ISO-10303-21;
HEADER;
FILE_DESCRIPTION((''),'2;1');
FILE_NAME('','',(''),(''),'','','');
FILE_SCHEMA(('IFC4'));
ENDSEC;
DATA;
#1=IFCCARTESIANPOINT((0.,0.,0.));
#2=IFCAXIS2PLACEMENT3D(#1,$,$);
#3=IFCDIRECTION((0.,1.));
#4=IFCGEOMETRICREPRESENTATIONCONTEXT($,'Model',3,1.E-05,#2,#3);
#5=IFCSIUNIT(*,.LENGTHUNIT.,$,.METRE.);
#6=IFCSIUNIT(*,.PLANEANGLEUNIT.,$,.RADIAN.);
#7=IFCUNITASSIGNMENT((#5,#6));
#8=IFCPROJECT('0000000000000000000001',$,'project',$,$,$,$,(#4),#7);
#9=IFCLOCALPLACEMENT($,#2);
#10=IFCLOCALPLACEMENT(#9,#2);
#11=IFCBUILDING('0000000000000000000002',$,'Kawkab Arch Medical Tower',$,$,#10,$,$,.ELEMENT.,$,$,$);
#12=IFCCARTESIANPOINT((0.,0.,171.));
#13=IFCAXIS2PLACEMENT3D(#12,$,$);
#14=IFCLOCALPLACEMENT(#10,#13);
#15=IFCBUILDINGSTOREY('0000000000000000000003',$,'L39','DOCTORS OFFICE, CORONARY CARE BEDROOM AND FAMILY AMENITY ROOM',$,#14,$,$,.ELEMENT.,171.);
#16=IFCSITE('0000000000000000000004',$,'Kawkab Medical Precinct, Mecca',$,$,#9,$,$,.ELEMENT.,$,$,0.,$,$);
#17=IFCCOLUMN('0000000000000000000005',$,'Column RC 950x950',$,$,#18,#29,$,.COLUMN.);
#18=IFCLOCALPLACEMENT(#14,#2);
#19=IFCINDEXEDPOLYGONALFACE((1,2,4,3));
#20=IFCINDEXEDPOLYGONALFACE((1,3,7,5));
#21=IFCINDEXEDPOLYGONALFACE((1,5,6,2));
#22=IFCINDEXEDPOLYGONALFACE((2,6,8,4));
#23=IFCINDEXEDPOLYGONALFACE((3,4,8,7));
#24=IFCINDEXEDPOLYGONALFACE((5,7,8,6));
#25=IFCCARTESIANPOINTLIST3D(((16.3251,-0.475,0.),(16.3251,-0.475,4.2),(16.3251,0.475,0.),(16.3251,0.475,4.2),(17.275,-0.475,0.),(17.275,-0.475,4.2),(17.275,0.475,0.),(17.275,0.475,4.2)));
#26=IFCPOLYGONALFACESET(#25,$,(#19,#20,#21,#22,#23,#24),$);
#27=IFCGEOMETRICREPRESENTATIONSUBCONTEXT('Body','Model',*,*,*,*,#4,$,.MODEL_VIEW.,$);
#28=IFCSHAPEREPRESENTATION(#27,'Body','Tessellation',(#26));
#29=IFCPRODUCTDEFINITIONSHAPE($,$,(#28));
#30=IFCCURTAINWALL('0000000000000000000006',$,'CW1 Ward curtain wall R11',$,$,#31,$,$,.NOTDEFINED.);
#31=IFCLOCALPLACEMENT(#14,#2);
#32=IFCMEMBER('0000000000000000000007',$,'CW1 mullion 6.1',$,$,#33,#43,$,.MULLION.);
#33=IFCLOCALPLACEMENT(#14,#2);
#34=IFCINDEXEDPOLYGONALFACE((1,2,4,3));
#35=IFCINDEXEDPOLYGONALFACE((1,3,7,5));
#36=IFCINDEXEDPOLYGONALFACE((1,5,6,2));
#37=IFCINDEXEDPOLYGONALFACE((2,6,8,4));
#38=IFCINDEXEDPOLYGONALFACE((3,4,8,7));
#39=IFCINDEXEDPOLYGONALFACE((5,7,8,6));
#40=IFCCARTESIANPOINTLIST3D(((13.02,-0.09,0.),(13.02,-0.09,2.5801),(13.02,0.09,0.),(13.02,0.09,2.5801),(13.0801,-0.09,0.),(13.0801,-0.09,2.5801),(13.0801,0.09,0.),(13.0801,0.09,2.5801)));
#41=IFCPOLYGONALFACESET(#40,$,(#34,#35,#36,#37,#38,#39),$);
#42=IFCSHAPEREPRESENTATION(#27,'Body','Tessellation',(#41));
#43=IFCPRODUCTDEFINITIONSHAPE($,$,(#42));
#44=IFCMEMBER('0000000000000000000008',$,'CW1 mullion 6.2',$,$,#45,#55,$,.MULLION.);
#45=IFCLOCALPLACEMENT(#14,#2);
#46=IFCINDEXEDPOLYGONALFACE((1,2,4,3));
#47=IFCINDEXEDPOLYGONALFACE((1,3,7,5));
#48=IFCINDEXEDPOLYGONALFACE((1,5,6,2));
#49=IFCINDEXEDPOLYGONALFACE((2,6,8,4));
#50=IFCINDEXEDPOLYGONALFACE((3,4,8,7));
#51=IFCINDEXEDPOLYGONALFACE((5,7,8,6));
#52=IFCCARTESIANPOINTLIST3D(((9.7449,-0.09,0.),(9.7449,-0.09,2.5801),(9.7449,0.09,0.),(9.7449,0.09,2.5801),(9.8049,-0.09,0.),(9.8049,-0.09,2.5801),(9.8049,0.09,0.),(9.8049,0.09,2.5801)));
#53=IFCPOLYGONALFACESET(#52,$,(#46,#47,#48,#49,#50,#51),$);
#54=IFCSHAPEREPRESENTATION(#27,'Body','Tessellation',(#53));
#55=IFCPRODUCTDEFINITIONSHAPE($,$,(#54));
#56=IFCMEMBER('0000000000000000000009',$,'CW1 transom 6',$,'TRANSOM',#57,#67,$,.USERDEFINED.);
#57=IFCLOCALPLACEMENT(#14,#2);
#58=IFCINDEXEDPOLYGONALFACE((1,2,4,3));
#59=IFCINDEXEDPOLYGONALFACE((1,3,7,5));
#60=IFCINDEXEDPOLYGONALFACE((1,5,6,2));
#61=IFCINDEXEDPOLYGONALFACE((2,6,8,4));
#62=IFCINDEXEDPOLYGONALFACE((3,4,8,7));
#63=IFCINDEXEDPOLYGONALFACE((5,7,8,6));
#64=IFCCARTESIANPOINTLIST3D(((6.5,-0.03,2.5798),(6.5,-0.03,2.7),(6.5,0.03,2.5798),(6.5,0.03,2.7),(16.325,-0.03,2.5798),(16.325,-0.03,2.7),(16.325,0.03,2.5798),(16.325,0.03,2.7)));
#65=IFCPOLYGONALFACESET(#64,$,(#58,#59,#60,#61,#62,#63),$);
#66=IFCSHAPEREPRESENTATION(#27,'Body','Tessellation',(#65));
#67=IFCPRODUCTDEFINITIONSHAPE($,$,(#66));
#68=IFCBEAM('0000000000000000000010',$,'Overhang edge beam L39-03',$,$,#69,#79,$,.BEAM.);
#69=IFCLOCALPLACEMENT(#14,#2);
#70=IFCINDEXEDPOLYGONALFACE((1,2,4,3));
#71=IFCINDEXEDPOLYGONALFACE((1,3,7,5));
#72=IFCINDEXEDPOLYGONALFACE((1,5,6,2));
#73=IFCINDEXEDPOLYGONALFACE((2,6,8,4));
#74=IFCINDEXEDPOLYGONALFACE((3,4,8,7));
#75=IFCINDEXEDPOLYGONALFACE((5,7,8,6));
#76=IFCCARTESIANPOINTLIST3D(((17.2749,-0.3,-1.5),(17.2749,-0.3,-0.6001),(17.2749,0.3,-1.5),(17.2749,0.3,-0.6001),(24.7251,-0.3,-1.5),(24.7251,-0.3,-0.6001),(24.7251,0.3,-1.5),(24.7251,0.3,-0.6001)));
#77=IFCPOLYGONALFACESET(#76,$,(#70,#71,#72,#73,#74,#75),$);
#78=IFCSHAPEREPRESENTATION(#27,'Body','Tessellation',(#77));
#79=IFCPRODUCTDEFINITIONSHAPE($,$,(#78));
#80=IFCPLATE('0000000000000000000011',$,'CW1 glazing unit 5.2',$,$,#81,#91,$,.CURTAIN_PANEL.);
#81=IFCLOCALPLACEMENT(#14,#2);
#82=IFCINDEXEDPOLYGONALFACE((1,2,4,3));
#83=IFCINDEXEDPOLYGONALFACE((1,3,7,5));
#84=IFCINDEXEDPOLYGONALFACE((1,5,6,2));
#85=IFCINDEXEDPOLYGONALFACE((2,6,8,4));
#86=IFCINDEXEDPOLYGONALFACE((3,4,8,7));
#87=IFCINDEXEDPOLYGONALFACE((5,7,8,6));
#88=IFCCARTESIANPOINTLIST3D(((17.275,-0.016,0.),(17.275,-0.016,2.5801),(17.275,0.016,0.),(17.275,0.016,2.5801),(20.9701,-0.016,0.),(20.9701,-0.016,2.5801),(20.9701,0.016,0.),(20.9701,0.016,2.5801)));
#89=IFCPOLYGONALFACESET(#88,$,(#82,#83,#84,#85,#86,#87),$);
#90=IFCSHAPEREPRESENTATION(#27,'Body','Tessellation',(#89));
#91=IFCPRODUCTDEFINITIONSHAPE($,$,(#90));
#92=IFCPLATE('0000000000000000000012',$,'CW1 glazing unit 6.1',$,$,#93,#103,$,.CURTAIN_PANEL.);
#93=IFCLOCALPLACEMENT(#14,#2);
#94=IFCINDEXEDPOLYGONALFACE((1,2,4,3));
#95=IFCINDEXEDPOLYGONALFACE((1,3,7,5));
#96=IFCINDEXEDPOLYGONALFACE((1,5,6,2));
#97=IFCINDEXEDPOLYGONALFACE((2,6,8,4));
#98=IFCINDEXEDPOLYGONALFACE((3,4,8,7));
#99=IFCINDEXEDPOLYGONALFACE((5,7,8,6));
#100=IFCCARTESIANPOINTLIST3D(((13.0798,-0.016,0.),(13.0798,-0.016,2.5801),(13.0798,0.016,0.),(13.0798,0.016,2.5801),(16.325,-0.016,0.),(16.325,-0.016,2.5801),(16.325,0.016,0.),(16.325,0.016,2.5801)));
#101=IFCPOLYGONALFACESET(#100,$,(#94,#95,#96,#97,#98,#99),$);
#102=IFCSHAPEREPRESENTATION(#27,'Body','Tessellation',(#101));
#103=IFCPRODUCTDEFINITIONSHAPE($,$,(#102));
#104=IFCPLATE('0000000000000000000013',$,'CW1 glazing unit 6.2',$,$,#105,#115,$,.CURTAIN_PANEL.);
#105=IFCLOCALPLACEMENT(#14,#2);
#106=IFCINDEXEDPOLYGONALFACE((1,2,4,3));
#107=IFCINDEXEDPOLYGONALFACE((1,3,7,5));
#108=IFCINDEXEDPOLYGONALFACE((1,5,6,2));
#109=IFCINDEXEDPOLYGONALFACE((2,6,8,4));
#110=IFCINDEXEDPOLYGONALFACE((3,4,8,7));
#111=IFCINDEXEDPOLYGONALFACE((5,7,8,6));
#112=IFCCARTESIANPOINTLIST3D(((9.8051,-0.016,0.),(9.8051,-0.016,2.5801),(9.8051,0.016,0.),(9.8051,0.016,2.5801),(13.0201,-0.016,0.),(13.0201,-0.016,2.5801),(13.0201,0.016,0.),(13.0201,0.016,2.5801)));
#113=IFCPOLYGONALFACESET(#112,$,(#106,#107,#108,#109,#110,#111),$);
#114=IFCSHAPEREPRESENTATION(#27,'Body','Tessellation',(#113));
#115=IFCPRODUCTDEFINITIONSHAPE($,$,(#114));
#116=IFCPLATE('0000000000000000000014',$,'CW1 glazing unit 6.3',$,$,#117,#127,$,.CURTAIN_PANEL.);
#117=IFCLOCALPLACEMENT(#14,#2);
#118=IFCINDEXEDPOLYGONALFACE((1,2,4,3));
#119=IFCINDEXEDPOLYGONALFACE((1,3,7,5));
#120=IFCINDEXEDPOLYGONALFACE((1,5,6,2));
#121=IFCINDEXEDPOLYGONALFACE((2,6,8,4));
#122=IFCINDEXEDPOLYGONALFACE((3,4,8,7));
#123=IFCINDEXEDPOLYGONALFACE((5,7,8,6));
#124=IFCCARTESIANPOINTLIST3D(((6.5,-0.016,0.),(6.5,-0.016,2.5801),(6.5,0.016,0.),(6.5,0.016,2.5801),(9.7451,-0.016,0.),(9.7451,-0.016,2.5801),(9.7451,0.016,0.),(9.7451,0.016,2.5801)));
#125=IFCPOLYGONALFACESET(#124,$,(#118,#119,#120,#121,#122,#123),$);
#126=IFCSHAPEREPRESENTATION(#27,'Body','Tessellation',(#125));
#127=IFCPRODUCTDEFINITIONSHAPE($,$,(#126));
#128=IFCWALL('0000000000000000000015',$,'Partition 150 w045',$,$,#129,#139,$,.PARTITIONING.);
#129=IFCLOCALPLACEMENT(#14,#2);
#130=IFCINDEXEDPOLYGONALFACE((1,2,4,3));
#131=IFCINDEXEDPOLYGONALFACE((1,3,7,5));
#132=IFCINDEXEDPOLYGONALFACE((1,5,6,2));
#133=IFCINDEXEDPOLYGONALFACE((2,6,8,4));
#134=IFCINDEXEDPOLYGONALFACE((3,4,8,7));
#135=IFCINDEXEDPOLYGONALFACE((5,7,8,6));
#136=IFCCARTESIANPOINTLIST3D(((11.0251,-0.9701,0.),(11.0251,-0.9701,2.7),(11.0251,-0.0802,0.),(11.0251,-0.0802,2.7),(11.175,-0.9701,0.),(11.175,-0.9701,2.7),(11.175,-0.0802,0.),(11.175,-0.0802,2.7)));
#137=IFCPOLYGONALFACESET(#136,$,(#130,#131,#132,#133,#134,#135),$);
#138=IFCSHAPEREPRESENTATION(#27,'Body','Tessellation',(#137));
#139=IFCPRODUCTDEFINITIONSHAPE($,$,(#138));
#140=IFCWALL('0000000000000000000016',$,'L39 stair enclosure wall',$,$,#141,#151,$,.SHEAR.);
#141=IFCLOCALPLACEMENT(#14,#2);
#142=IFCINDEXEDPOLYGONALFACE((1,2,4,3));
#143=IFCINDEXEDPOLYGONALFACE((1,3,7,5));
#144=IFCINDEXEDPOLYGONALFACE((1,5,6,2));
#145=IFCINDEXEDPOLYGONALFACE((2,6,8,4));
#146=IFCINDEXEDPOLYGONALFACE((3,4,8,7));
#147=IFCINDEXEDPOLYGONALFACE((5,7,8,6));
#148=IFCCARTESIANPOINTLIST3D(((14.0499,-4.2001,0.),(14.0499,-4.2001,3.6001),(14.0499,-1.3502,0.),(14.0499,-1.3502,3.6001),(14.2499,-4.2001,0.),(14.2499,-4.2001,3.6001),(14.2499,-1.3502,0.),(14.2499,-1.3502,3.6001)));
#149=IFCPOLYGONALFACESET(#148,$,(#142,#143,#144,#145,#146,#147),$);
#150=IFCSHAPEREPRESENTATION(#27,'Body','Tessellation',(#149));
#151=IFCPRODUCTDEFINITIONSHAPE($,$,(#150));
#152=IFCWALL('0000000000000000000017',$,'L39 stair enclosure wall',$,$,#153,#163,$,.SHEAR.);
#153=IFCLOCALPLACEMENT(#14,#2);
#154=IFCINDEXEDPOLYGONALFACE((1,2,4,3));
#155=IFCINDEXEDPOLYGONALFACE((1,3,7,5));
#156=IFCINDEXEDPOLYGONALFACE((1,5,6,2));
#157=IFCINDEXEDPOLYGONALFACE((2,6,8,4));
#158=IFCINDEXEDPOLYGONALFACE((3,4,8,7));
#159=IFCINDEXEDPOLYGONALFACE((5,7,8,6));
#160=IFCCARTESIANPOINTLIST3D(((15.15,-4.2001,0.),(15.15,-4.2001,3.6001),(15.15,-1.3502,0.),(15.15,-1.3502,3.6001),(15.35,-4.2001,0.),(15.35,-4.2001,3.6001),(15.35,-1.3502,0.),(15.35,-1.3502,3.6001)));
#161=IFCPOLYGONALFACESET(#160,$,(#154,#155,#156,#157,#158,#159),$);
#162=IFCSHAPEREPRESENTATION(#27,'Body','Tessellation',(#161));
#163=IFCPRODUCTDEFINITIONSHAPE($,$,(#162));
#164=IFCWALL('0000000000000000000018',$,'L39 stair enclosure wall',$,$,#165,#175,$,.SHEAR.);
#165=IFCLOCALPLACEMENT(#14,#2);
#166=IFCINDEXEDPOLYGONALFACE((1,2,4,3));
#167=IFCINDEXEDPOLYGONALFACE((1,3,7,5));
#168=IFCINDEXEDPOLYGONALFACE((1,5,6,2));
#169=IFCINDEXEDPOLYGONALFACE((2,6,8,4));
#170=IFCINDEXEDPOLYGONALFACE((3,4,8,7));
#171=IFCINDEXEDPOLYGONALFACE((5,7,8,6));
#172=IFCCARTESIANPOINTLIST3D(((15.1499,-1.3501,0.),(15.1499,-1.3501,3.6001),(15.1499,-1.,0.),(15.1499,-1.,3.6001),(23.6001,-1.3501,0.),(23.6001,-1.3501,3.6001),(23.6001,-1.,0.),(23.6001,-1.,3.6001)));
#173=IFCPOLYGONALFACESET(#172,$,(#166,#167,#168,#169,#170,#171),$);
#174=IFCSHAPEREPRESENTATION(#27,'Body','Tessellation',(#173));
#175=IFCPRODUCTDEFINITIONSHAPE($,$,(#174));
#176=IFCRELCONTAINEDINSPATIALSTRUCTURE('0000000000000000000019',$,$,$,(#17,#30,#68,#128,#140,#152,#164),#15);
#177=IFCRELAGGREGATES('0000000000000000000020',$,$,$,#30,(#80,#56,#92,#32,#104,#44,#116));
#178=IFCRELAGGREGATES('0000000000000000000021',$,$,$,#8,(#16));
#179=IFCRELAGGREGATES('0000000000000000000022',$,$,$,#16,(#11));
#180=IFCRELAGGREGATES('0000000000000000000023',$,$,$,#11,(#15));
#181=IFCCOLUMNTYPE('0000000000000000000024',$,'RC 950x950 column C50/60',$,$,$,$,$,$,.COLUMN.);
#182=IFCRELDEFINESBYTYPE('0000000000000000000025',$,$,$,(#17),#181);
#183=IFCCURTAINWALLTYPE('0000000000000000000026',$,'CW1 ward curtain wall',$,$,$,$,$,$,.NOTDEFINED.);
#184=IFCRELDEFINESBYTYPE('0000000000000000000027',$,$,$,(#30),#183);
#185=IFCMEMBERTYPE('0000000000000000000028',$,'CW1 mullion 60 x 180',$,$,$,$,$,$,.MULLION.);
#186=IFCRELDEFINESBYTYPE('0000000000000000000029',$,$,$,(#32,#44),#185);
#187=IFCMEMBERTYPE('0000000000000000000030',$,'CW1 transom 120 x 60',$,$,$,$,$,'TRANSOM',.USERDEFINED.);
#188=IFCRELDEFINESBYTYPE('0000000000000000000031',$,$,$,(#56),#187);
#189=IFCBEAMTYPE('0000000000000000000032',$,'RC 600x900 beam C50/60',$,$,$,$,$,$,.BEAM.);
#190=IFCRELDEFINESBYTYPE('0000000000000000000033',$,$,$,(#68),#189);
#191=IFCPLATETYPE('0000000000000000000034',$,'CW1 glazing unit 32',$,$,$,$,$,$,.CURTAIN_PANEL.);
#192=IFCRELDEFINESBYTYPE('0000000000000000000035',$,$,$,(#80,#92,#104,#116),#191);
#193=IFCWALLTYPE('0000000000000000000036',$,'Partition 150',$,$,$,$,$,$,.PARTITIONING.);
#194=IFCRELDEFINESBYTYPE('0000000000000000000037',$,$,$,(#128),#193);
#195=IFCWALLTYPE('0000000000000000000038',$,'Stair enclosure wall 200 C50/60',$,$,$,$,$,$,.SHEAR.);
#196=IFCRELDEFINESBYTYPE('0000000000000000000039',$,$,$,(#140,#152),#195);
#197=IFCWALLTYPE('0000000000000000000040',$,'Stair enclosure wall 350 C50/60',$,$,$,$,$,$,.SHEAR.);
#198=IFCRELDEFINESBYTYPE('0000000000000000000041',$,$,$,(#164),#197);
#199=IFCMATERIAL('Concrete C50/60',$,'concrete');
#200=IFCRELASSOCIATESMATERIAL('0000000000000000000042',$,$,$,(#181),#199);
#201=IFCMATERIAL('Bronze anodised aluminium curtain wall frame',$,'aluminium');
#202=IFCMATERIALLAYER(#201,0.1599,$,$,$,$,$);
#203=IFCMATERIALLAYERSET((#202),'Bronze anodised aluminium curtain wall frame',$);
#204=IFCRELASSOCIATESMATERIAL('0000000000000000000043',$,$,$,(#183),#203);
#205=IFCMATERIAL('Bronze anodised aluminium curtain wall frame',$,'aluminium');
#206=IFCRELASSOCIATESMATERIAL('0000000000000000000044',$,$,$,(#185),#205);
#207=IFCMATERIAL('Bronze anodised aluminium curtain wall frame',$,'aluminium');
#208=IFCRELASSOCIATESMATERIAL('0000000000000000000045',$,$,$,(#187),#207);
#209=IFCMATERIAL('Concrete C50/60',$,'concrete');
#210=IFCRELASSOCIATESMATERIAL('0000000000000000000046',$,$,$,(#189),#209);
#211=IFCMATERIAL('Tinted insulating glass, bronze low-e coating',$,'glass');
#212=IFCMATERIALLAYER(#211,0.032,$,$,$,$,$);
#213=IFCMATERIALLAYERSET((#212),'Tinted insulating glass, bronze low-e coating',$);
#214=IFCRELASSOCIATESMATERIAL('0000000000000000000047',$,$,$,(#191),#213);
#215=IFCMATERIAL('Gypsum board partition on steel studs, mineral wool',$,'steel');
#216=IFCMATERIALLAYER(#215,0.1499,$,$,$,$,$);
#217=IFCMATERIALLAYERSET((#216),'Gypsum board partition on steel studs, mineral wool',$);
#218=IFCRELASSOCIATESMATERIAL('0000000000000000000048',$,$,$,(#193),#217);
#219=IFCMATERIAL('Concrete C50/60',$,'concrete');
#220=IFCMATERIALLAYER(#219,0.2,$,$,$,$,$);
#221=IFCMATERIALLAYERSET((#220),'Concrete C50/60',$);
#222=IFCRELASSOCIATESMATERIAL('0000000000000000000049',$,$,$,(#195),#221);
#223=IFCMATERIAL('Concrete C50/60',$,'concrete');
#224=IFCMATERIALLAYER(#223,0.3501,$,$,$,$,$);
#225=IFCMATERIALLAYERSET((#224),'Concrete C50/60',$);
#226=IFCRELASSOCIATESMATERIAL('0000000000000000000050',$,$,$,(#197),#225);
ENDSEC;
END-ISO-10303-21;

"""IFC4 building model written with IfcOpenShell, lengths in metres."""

from ifc_helpers import new_model, si_unit, direction, frame, frame_2d, origin, origin_2d, place, context, subcontext, project, spatial, rectangle, extrude, material, layer, layer_set, material_profile, profile_set, type_object, element, aggregate, save


model = new_model("IFC4")

# Units and contexts
model_context = context("Model", 3, precision=1e-05, world=origin(), true_north=direction((0.0, 1.0)))
body_context = subcontext(model_context, "Body", "Model", "MODEL_VIEW")
ifc_project = project(units=[si_unit("LENGTHUNIT", "METRE"), si_unit("PLANEANGLEUNIT", "RADIAN")], contexts=[model_context])

# Site, building, storey
site_placement = place(None, origin())
site = spatial("IfcSite", under=ifc_project, at=site_placement, Name="Kawkab Medical Precinct, Mecca", CompositionType="ELEMENT", RefElevation=0.0)
building_placement = place(site_placement, origin())
building = spatial("IfcBuilding", under=site, at=building_placement, Name="Kawkab Arch Medical Tower", CompositionType="ELEMENT")
storey_placement = place(building_placement, frame((0.0, 0.0, 171.0)))
storey = spatial("IfcBuildingStorey", under=building, at=storey_placement, Name="L39", Description="DOCTORS OFFICE, CORONARY CARE BEDROOM AND FAMILY AMENITY ROOM", CompositionType="ELEMENT", Elevation=171.0)

# Column
ifc_material_1 = material(Name="Concrete C50/60", Category="concrete")
ifc_material_profile_1 = material_profile(ifc_material_1, rectangle(XDim=0.95, YDim=0.95, at=origin_2d()), Name="RC 950x950")
ifc_profile_set_1 = profile_set([ifc_material_profile_1], Name="Concrete C50/60")
column_type = type_object("IfcColumnType", Name="RC 950x950 column C50/60", PredefinedType="COLUMN", material=ifc_profile_set_1)
column_placement = place(storey_placement, frame((16.8, 0.0, 0.0), z_axis=(0.0, 0.0, 1.0), x_axis=(1.0, 0.0, 0.0)))
element("IfcColumn", 1, at=column_placement, inside=storey, type_object=column_type, Name="Column RC 950x950", PredefinedType="COLUMN", context=body_context, shape_type="SweptSolid", body=[
    extrude(rectangle(XDim=0.95, YDim=0.95, at=origin_2d()), origin(), (0.0, 0.0, 1.0), 4.2),
])

# Curtain wall, members
ifc_material_2 = material(Name="Bronze anodised aluminium curtain wall frame", Category="aluminium")
ifc_layer_1 = layer(ifc_material_2, 0.1599)
ifc_layer_set_1 = layer_set([ifc_layer_1], Name="Bronze anodised aluminium curtain wall frame")
curtain_wall_type = type_object("IfcCurtainWallType", Name="CW1 ward curtain wall", PredefinedType="NOTDEFINED", material=ifc_layer_set_1)
placement = place(storey_placement, origin())
curtain_wall = element("IfcCurtainWall", 2, at=placement, inside=storey, type_object=curtain_wall_type, Name="CW1 Ward curtain wall R11", PredefinedType="NOTDEFINED")
ifc_material_3 = material(Name="Bronze anodised aluminium curtain wall frame", Category="aluminium")
ifc_material_profile_2 = material_profile(ifc_material_3, rectangle(XDim=0.1799, YDim=0.0601, at=origin_2d()), Name="AL 60x180")
ifc_profile_set_2 = profile_set([ifc_material_profile_2], Name="Bronze anodised aluminium curtain wall frame")
member_type_1 = type_object("IfcMemberType", Name="CW1 mullion 60 x 180", PredefinedType="MULLION", material=ifc_profile_set_2)
member_1_placement = place(storey_placement, frame((13.05, 0.0, 0.0), z_axis=(0.0, 0.0, 1.0), x_axis=(0.0, -1.0, 0.0)))
member_1 = element("IfcMember", 3, at=member_1_placement, type_object=member_type_1, Name="CW1 mullion 6.1", PredefinedType="MULLION", context=body_context, shape_type="SweptSolid", body=[
    extrude(rectangle(XDim=0.1799, YDim=0.0601, at=origin_2d()), origin(), (0.0, 0.0, 1.0), 2.5801),
])
member_2_placement = place(storey_placement, frame((9.7749, 0.0, 0.0), z_axis=(0.0, 0.0, 1.0), x_axis=(0.0, -1.0, 0.0)))
member_2 = element("IfcMember", 4, at=member_2_placement, type_object=member_type_1, Name="CW1 mullion 6.2", PredefinedType="MULLION", context=body_context, shape_type="SweptSolid", body=[
    extrude(rectangle(XDim=0.1799, YDim=0.0601, at=origin_2d()), origin(), (0.0, 0.0, 1.0), 2.5801),
])
ifc_material_4 = material(Name="Bronze anodised aluminium curtain wall frame", Category="aluminium")
ifc_material_profile_3 = material_profile(ifc_material_4, rectangle(XDim=0.0601, YDim=0.1201, at=origin_2d()), Name="AL 60x120")
ifc_profile_set_3 = profile_set([ifc_material_profile_3], Name="Bronze anodised aluminium curtain wall frame")
member_type_2 = type_object("IfcMemberType", Name="CW1 transom 120 x 60", ElementType="TRANSOM", PredefinedType="USERDEFINED", material=ifc_profile_set_3)
member_3_placement = place(storey_placement, frame((16.325, 0.0, 2.6399), z_axis=(-1.0, 0.0, 0.0), x_axis=(0.0, -1.0, 0.0)))
member_3 = element("IfcMember", 5, at=member_3_placement, type_object=member_type_2, Name="CW1 transom 6", ObjectType="TRANSOM", PredefinedType="USERDEFINED", context=body_context, shape_type="SweptSolid", body=[
    extrude(rectangle(XDim=0.0601, YDim=0.1201, at=origin_2d()), origin(), (0.0, 0.0, 1.0), 9.825),
])

# Beam
ifc_material_5 = material(Name="Concrete C50/60", Category="concrete")
ifc_material_profile_4 = material_profile(ifc_material_5, rectangle(XDim=0.6001, YDim=0.8999, at=origin_2d()), Name="RC 600x900")
ifc_profile_set_4 = profile_set([ifc_material_profile_4], Name="Concrete C50/60")
beam_type = type_object("IfcBeamType", Name="RC 600x900 beam C50/60", PredefinedType="BEAM", material=ifc_profile_set_4)
beam_placement = place(storey_placement, frame((17.2749, 0.0, -1.05), z_axis=(1.0, 0.0, 0.0), x_axis=(0.0, 1.0, 0.0)))
element("IfcBeam", 6, at=beam_placement, inside=storey, type_object=beam_type, Name="Overhang edge beam L39-03", PredefinedType="BEAM", context=body_context, shape_type="SweptSolid", body=[
    extrude(rectangle(XDim=0.6001, YDim=0.8999, at=origin_2d()), origin(), (0.0, 0.0, 1.0), 7.4502),
])

# Plates
ifc_material_6 = material(Name="Tinted insulating glass, bronze low-e coating", Category="glass")
ifc_layer_2 = layer(ifc_material_6, 0.032)
ifc_layer_set_2 = layer_set([ifc_layer_2], Name="Tinted insulating glass, bronze low-e coating")
plate_type = type_object("IfcPlateType", Name="CW1 glazing unit 32", PredefinedType="CURTAIN_PANEL", material=ifc_layer_set_2)
plate_1_placement = place(storey_placement, frame((19.1226, 0.0, 0.0), z_axis=(0.0, 0.0, 1.0), x_axis=(-1.0, 0.0, 0.0)))
plate_1 = element("IfcPlate", 7, at=plate_1_placement, type_object=plate_type, Name="CW1 glazing unit 5.2", PredefinedType="CURTAIN_PANEL", context=body_context, shape_type="SweptSolid", body=[
    extrude(rectangle(XDim=3.6951, YDim=0.032, at=origin_2d()), origin(), (0.0, 0.0, 1.0), 2.5801),
])
plate_2_placement = place(storey_placement, frame((14.7024, 0.0, 0.0), z_axis=(0.0, 0.0, 1.0), x_axis=(-1.0, 0.0, 0.0)))
plate_2 = element("IfcPlate", 8, at=plate_2_placement, type_object=plate_type, Name="CW1 glazing unit 6.1", PredefinedType="CURTAIN_PANEL", context=body_context, shape_type="SweptSolid", body=[
    extrude(rectangle(XDim=3.2451, YDim=0.032, at=origin_2d()), origin(), (0.0, 0.0, 1.0), 2.5801),
])
plate_3_placement = place(storey_placement, frame((11.4126, 0.0, 0.0), z_axis=(0.0, 0.0, 1.0), x_axis=(-1.0, 0.0, 0.0)))
plate_3 = element("IfcPlate", 9, at=plate_3_placement, type_object=plate_type, Name="CW1 glazing unit 6.2", PredefinedType="CURTAIN_PANEL", context=body_context, shape_type="SweptSolid", body=[
    extrude(rectangle(XDim=3.2151, YDim=0.032, at=origin_2d()), origin(), (0.0, 0.0, 1.0), 2.5801),
])
plate_4_placement = place(storey_placement, frame((8.1226, 0.0, 0.0), z_axis=(0.0, 0.0, 1.0), x_axis=(-1.0, 0.0, 0.0)))
plate_4 = element("IfcPlate", 10, at=plate_4_placement, type_object=plate_type, Name="CW1 glazing unit 6.3", PredefinedType="CURTAIN_PANEL", context=body_context, shape_type="SweptSolid", body=[
    extrude(rectangle(XDim=3.2451, YDim=0.032, at=origin_2d()), origin(), (0.0, 0.0, 1.0), 2.5801),
])
aggregate(curtain_wall, [plate_1, member_3, plate_2, member_1, plate_3, member_2, plate_4])

# Walls
ifc_material_7 = material(Name="Gypsum board partition on steel studs, mineral wool", Category="steel")
ifc_layer_3 = layer(ifc_material_7, 0.1499)
ifc_layer_set_3 = layer_set([ifc_layer_3], Name="Gypsum board partition on steel studs, mineral wool")
wall_type_1 = type_object("IfcWallType", Name="Partition 150", PredefinedType="PARTITIONING", material=ifc_layer_set_3)
wall_1_placement = place(storey_placement, frame((11.1001, -0.97, 0.0), z_axis=(0.0, 0.0, 1.0), x_axis=(0.0, 1.0, 0.0)))
element("IfcWall", 11, at=wall_1_placement, inside=storey, type_object=wall_type_1, Name="Partition 150 w045", PredefinedType="PARTITIONING", context=body_context, shape_type="SweptSolid", body=[
    extrude(rectangle(XDim=0.8899, YDim=0.1499, at=frame_2d((0.4448, 0.0))), origin(), (0.0, 0.0, 1.0), 2.7),
])
ifc_material_8 = material(Name="Concrete C50/60", Category="concrete")
ifc_layer_4 = layer(ifc_material_8, 0.2)
ifc_layer_set_4 = layer_set([ifc_layer_4], Name="Concrete C50/60")
wall_type_2 = type_object("IfcWallType", Name="Stair enclosure wall 200 C50/60", PredefinedType="SHEAR", material=ifc_layer_set_4)
for number, where, z_axis, x_axis, name in (
    (12, (14.1499, -4.2, 0.0), (0.0, 0.0, 1.0), (0.0, 1.0, 0.0), "L39 stair enclosure wall"),
    (13, (15.25, -4.2, 0.0), (0.0, 0.0, 1.0), (0.0, 1.0, 0.0), "L39 stair enclosure wall"),
):
    element("IfcWall", number, at=place(storey_placement, frame(where, z_axis=z_axis, x_axis=x_axis)), inside=storey, type_object=wall_type_2, Name=name, PredefinedType="SHEAR", context=body_context, shape_type="SweptSolid", body=[
        extrude(rectangle(XDim=2.8499, YDim=0.2, at=frame_2d((1.4248, 0.0))), origin(), (0.0, 0.0, 1.0), 3.6001),
    ])
ifc_material_9 = material(Name="Concrete C50/60", Category="concrete")
ifc_layer_5 = layer(ifc_material_9, 0.3501)
ifc_layer_set_5 = layer_set([ifc_layer_5], Name="Concrete C50/60")
wall_type_3 = type_object("IfcWallType", Name="Stair enclosure wall 350 C50/60", PredefinedType="SHEAR", material=ifc_layer_set_5)
wall_2_placement = place(storey_placement, frame((15.1499, -1.175, 0.0), z_axis=(0.0, 0.0, 1.0), x_axis=(1.0, 0.0, 0.0)))
element("IfcWall", 14, at=wall_2_placement, inside=storey, type_object=wall_type_3, Name="L39 stair enclosure wall", PredefinedType="SHEAR", context=body_context, shape_type="SweptSolid", body=[
    extrude(rectangle(XDim=8.4502, YDim=0.3501, at=frame_2d((4.2251, 0.0))), origin(), (0.0, 0.0, 1.0), 3.6001),
])

save(model, "model.ifc")
